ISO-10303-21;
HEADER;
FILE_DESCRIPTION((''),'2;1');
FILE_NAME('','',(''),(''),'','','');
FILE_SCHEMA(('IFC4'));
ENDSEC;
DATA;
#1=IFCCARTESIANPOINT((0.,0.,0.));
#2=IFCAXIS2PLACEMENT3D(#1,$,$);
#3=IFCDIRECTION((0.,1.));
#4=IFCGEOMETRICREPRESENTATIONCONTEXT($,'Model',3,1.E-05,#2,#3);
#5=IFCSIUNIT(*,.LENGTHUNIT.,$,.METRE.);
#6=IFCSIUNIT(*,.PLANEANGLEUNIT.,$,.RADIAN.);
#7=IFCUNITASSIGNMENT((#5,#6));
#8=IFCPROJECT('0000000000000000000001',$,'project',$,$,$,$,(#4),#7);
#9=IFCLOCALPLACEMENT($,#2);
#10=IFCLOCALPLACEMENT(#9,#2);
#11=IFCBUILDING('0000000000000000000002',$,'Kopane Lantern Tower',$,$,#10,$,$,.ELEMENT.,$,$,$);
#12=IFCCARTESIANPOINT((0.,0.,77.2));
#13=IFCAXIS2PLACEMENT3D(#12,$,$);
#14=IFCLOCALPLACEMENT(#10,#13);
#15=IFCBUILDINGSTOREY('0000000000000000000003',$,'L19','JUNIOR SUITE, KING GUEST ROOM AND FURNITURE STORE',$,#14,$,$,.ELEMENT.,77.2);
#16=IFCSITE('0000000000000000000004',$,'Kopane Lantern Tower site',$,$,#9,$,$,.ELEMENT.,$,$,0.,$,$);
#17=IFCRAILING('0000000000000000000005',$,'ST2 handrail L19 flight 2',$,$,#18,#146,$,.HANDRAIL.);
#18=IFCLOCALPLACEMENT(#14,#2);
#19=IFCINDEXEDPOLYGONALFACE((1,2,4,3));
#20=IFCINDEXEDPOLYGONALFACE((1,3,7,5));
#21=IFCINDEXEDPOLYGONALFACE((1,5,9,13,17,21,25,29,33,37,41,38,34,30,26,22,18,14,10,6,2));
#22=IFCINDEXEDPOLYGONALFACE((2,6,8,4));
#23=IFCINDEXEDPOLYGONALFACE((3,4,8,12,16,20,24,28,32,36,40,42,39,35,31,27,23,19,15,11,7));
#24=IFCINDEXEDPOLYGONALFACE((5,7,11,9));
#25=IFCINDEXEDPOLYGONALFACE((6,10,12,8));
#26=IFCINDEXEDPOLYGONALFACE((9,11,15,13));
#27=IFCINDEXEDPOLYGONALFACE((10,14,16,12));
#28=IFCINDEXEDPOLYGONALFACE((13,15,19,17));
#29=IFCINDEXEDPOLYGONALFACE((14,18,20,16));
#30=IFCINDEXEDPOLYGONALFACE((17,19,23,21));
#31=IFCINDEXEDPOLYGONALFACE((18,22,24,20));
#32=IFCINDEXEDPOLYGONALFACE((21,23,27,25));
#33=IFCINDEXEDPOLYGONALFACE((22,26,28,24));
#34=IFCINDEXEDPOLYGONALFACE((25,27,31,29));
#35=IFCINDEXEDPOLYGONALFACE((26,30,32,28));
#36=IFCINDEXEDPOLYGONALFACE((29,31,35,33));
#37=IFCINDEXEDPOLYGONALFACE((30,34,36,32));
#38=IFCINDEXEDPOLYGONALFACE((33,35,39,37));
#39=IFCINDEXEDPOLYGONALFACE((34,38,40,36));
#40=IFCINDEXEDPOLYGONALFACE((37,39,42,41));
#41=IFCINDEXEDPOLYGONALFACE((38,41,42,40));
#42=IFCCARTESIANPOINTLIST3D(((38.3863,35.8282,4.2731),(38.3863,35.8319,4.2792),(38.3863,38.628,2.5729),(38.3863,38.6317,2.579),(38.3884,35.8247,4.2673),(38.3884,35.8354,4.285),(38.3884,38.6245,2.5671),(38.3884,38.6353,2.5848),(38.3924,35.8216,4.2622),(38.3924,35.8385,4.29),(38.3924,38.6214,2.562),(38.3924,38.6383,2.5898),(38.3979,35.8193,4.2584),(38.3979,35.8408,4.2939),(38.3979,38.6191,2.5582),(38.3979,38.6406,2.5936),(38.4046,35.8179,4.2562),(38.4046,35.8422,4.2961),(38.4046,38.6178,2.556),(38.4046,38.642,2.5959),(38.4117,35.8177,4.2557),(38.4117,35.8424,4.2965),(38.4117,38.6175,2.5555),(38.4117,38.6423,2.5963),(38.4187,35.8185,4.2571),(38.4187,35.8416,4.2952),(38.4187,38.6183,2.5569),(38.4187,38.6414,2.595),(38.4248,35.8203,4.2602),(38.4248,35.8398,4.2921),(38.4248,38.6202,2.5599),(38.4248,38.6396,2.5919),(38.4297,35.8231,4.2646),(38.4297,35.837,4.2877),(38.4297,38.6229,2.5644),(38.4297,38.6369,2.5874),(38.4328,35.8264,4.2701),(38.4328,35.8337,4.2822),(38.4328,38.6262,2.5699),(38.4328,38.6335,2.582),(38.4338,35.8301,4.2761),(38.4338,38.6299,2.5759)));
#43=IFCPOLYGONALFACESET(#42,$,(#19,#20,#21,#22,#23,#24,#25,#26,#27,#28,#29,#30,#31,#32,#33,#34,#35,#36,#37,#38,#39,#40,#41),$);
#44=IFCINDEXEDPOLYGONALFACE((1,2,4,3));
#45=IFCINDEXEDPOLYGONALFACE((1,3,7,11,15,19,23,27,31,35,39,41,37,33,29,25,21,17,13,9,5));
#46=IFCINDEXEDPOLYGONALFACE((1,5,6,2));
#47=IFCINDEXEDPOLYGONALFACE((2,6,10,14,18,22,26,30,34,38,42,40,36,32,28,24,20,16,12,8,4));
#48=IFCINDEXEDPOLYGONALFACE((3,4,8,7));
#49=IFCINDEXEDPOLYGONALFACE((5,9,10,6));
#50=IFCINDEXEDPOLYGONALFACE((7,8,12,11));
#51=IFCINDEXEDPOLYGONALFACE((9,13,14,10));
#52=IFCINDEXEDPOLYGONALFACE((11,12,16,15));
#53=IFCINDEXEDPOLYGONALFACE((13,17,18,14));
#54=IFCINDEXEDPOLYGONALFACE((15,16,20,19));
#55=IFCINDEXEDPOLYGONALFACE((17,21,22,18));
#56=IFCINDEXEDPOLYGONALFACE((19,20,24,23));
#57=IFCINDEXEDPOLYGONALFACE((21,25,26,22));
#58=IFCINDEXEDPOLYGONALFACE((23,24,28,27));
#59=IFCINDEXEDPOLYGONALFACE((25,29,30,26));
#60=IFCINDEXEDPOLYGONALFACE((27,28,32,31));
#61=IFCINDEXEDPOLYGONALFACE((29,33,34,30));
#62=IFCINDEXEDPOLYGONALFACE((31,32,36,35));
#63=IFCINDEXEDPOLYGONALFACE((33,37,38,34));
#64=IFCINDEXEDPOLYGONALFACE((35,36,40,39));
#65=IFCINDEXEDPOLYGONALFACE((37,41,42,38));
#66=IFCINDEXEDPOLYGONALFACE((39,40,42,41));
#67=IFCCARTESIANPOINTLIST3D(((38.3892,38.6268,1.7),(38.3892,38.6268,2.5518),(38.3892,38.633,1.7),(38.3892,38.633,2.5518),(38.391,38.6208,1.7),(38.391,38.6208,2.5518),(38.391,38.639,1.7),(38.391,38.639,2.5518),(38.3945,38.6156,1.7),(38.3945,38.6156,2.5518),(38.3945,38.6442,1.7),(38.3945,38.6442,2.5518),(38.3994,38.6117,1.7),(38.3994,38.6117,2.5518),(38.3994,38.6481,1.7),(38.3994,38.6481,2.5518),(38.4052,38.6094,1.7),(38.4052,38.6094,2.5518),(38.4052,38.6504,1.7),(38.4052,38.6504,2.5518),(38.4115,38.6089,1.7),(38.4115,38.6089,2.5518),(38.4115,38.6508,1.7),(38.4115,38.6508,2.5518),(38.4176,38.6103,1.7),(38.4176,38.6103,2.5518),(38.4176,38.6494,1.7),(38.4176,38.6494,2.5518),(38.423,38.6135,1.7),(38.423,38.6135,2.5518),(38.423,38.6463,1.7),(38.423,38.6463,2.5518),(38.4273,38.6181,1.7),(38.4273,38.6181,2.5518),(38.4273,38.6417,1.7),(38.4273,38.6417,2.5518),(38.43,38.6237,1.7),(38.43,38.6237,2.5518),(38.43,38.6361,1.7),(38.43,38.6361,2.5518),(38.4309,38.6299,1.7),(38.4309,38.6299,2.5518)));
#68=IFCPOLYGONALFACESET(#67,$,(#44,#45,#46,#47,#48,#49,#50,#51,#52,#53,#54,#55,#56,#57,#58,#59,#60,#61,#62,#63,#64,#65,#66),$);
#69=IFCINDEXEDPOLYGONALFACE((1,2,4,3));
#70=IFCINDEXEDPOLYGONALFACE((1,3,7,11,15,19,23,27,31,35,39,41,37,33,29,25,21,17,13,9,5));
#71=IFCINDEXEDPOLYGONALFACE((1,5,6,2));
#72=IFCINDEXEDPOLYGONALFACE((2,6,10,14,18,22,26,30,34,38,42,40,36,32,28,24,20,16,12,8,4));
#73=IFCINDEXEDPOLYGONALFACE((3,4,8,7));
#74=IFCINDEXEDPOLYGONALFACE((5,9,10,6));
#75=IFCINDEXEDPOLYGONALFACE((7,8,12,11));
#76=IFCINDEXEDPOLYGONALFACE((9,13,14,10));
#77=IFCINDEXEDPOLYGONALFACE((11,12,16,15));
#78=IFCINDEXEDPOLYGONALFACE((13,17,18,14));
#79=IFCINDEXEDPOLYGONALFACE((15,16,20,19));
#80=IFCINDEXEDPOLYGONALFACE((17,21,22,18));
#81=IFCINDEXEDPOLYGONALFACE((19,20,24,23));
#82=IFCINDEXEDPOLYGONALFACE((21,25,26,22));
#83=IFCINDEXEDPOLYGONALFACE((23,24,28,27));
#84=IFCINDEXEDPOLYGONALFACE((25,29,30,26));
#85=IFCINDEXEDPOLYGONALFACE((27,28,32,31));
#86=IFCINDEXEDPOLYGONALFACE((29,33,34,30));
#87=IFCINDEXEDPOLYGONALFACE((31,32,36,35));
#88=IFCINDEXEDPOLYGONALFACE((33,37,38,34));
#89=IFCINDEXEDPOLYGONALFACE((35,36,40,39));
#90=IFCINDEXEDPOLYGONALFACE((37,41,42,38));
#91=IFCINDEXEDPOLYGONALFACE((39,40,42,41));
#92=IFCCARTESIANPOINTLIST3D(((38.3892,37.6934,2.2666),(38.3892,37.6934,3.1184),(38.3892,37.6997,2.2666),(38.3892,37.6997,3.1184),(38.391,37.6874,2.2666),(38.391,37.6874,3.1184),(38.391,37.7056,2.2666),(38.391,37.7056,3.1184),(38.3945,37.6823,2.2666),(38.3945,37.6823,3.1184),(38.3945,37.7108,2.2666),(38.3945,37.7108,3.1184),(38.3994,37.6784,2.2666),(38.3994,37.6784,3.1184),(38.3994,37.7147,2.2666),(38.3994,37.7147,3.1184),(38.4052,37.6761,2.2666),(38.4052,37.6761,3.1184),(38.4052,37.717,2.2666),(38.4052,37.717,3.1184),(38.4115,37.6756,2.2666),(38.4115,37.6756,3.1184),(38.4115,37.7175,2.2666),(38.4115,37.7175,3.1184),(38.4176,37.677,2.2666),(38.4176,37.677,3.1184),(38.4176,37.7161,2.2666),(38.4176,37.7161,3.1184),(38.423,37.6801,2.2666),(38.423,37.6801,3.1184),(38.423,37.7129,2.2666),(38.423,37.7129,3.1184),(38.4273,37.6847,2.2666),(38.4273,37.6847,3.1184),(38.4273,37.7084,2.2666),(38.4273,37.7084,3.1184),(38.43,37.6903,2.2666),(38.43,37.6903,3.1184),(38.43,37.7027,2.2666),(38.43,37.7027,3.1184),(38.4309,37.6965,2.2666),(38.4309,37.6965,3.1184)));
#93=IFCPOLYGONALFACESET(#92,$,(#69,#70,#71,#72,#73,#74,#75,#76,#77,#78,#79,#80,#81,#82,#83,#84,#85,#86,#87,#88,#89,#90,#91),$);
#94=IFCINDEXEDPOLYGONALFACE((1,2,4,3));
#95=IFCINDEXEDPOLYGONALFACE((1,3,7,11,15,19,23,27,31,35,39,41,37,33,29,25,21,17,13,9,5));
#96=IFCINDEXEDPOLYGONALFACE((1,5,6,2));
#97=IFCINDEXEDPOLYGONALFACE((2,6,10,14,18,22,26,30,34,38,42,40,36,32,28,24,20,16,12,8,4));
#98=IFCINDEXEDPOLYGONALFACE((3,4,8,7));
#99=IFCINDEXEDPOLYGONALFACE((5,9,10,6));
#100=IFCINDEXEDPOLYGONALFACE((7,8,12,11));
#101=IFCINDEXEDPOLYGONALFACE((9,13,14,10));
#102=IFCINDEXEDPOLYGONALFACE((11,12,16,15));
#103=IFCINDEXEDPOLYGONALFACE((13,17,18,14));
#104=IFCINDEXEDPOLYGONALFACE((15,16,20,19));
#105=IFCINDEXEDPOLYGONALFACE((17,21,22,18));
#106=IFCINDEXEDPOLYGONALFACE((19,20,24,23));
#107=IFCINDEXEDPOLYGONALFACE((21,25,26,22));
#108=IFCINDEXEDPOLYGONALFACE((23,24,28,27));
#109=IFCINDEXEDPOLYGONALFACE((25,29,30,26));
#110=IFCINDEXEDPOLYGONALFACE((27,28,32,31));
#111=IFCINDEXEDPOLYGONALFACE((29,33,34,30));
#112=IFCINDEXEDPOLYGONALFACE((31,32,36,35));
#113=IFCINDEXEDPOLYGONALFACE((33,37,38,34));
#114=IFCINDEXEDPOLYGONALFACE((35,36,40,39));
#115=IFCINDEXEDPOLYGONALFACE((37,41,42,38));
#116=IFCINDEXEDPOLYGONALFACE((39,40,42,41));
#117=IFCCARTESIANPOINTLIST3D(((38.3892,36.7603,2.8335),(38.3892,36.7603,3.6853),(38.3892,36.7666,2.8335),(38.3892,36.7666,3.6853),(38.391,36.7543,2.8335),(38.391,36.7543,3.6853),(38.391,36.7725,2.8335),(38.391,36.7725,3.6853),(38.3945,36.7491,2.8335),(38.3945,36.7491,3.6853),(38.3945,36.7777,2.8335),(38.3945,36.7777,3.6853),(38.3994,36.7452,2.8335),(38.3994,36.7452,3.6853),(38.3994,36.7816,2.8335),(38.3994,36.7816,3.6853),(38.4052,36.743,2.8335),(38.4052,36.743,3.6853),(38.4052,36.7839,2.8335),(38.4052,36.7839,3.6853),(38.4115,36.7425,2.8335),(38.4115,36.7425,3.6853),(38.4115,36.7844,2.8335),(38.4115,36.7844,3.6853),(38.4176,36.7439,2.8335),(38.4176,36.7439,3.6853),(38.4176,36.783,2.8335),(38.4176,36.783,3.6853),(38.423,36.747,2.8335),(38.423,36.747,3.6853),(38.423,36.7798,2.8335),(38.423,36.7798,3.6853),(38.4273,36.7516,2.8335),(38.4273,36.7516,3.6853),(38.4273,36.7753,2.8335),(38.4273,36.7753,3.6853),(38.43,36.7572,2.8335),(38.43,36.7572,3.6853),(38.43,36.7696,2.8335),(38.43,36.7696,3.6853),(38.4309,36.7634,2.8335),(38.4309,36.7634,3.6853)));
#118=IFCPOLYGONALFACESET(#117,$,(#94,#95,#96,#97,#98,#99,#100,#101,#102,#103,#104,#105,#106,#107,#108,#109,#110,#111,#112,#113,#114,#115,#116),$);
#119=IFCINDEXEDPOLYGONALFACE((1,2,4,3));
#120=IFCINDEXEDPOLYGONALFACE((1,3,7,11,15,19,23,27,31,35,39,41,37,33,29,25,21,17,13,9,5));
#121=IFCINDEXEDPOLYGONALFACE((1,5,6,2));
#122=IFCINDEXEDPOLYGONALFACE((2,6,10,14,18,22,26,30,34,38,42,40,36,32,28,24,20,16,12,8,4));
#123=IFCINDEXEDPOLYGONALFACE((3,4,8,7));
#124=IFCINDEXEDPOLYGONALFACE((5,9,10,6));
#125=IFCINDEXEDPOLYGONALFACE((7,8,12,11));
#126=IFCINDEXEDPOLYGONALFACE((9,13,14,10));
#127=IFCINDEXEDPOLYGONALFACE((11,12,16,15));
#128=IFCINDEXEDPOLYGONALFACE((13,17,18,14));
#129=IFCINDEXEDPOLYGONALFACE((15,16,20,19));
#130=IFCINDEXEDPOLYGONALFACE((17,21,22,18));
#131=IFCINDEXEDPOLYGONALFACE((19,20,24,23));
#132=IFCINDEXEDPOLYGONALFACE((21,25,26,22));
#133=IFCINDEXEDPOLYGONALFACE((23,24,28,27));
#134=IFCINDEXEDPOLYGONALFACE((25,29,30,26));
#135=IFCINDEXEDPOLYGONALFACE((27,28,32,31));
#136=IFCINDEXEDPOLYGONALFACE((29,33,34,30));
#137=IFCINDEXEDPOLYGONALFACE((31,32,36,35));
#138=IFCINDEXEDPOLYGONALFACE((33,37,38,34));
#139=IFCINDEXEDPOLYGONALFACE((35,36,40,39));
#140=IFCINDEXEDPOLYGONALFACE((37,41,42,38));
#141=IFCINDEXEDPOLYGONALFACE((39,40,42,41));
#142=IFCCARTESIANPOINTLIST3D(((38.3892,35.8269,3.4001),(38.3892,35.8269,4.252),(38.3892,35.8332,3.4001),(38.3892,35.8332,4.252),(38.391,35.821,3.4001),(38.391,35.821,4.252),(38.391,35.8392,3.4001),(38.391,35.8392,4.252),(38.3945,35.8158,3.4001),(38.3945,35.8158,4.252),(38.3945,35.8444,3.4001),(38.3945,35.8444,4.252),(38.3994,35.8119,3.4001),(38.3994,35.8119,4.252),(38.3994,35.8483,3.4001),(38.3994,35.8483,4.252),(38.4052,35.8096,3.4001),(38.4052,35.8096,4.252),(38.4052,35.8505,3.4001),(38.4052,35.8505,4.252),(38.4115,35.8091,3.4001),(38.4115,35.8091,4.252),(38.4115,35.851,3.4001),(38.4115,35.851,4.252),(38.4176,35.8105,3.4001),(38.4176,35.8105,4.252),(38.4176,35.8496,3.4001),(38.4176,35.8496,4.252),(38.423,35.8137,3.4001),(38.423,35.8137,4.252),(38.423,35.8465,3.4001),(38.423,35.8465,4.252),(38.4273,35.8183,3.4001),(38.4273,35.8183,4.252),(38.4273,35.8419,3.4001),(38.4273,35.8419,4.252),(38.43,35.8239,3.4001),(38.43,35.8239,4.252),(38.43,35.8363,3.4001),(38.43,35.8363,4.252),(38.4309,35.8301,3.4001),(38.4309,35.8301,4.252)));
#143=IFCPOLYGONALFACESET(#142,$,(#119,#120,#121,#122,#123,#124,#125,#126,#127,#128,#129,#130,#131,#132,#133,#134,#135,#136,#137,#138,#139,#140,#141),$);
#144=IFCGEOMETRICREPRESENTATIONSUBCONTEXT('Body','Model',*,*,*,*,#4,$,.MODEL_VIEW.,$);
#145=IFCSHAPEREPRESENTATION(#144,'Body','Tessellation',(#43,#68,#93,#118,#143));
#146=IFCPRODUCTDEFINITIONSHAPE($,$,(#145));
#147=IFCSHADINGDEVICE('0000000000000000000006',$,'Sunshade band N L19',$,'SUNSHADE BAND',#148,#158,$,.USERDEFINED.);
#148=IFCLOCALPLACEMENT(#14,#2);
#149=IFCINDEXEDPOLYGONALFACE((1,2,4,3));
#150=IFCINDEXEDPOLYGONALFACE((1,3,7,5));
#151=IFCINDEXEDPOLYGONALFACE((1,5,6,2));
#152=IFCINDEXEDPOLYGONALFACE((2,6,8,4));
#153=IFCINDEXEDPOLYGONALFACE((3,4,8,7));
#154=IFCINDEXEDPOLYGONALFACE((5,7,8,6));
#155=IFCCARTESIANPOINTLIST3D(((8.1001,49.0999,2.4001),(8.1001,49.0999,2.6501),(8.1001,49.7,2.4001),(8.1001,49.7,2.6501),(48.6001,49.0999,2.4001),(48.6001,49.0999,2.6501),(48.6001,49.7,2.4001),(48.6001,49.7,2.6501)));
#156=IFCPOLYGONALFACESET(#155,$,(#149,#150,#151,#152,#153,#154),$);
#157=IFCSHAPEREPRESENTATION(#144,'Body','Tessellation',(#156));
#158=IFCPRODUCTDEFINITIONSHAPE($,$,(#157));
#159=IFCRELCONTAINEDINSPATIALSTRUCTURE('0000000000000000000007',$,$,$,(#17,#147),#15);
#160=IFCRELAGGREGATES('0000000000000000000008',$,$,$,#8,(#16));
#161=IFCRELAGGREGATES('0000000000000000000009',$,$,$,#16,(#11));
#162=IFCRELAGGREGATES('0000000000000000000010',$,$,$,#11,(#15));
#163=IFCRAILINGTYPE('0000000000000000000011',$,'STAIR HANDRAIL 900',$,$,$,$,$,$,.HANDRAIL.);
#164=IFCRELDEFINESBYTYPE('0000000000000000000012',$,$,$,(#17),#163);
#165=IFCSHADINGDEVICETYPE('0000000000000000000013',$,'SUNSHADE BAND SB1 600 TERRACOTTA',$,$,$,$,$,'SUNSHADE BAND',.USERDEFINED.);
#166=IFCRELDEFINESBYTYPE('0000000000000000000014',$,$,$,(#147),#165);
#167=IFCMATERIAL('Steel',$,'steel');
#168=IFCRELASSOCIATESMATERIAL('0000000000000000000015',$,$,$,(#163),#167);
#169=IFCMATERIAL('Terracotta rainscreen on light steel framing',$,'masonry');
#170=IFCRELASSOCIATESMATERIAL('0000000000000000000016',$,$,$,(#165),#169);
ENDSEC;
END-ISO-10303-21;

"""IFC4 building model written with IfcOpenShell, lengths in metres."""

from ifc_helpers import new_model, si_unit, direction, frame, origin, origin_2d, place, context, subcontext, project, spatial, rectangle, circle, extrude, material, type_object, element, save


model = new_model("IFC4")

# Units and contexts
model_context = context("Model", 3, precision=1e-05, world=origin(), true_north=direction((0.0, 1.0)))
body_context = subcontext(model_context, "Body", "Model", "MODEL_VIEW")
ifc_project = project(units=[si_unit("LENGTHUNIT", "METRE"), si_unit("PLANEANGLEUNIT", "RADIAN")], contexts=[model_context])

# Site, building, storey
site_placement = place(None, origin())
site = spatial("IfcSite", under=ifc_project, at=site_placement, Name="Kopane Lantern Tower site", CompositionType="ELEMENT", RefElevation=0.0)
building_placement = place(site_placement, origin())
building = spatial("IfcBuilding", under=site, at=building_placement, Name="Kopane Lantern Tower", CompositionType="ELEMENT")
storey_placement = place(building_placement, frame((0.0, 0.0, 77.2)))
storey = spatial("IfcBuildingStorey", under=building, at=storey_placement, Name="L19", Description="JUNIOR SUITE, KING GUEST ROOM AND FURNITURE STORE", CompositionType="ELEMENT", Elevation=77.2)

# Railing
ifc_material_1 = material(Name="Steel", Category="steel")
railing_type_1 = type_object("IfcRailingType", Name="STAIR HANDRAIL 900", PredefinedType="HANDRAIL", material=ifc_material_1)
for number, where, name in (
    (1, (38.4099, 38.6299, 1.7), "ST2 handrail L19 flight 2"),
):
    element("IfcRailing", number, at=place(storey_placement, frame(where)), inside=storey, type_object=railing_type_1, Name=name, PredefinedType="HANDRAIL", context=body_context, shape_type="SweptSolid", body=[
        extrude(circle(Radius=0.0239, at=origin_2d()), frame((0.0, 0.0, 0.876), z_axis=(0.0, -0.854745, 0.519048), x_axis=(1.0, 0.0, 0.0)), (0.0, 0.0, 1.0), 3.2756),
        extrude(circle(Radius=0.021, at=origin_2d()), origin(), (0.0, 0.0, 1.0), 0.8518),
        extrude(circle(Radius=0.021, at=origin_2d()), frame((0.0, -0.9333, 0.5667)), (0.0, 0.0, 1.0), 0.8518),
        extrude(circle(Radius=0.021, at=origin_2d()), frame((0.0, -1.8665, 1.1335)), (0.0, 0.0, 1.0), 0.8518),
        extrude(circle(Radius=0.021, at=origin_2d()), frame((0.0, -2.7998, 1.7002)), (0.0, 0.0, 1.0), 0.8518),
    ])

# Shading device
ifc_material_2 = material(Name="Terracotta rainscreen on light steel framing", Category="masonry")
shading_device_type = type_object("IfcShadingDeviceType", Name="SUNSHADE BAND SB1 600 TERRACOTTA", ElementType="SUNSHADE BAND", PredefinedType="USERDEFINED", material=ifc_material_2)
shading_device_placement = place(storey_placement, frame((28.3501, 49.3999, 2.4001), z_axis=(0.0, 0.0, 1.0), x_axis=(-1.0, 0.0, 0.0)))
element("IfcShadingDevice", 2, at=shading_device_placement, inside=storey, type_object=shading_device_type, Name="Sunshade band N L19", ObjectType="SUNSHADE BAND", PredefinedType="USERDEFINED", context=body_context, shape_type="SweptSolid", body=[
    extrude(rectangle(XDim=40.5, YDim=0.6001, at=origin_2d()), origin(), (0.0, 0.0, 1.0), 0.25),
])

save(model, "model.ifc")
